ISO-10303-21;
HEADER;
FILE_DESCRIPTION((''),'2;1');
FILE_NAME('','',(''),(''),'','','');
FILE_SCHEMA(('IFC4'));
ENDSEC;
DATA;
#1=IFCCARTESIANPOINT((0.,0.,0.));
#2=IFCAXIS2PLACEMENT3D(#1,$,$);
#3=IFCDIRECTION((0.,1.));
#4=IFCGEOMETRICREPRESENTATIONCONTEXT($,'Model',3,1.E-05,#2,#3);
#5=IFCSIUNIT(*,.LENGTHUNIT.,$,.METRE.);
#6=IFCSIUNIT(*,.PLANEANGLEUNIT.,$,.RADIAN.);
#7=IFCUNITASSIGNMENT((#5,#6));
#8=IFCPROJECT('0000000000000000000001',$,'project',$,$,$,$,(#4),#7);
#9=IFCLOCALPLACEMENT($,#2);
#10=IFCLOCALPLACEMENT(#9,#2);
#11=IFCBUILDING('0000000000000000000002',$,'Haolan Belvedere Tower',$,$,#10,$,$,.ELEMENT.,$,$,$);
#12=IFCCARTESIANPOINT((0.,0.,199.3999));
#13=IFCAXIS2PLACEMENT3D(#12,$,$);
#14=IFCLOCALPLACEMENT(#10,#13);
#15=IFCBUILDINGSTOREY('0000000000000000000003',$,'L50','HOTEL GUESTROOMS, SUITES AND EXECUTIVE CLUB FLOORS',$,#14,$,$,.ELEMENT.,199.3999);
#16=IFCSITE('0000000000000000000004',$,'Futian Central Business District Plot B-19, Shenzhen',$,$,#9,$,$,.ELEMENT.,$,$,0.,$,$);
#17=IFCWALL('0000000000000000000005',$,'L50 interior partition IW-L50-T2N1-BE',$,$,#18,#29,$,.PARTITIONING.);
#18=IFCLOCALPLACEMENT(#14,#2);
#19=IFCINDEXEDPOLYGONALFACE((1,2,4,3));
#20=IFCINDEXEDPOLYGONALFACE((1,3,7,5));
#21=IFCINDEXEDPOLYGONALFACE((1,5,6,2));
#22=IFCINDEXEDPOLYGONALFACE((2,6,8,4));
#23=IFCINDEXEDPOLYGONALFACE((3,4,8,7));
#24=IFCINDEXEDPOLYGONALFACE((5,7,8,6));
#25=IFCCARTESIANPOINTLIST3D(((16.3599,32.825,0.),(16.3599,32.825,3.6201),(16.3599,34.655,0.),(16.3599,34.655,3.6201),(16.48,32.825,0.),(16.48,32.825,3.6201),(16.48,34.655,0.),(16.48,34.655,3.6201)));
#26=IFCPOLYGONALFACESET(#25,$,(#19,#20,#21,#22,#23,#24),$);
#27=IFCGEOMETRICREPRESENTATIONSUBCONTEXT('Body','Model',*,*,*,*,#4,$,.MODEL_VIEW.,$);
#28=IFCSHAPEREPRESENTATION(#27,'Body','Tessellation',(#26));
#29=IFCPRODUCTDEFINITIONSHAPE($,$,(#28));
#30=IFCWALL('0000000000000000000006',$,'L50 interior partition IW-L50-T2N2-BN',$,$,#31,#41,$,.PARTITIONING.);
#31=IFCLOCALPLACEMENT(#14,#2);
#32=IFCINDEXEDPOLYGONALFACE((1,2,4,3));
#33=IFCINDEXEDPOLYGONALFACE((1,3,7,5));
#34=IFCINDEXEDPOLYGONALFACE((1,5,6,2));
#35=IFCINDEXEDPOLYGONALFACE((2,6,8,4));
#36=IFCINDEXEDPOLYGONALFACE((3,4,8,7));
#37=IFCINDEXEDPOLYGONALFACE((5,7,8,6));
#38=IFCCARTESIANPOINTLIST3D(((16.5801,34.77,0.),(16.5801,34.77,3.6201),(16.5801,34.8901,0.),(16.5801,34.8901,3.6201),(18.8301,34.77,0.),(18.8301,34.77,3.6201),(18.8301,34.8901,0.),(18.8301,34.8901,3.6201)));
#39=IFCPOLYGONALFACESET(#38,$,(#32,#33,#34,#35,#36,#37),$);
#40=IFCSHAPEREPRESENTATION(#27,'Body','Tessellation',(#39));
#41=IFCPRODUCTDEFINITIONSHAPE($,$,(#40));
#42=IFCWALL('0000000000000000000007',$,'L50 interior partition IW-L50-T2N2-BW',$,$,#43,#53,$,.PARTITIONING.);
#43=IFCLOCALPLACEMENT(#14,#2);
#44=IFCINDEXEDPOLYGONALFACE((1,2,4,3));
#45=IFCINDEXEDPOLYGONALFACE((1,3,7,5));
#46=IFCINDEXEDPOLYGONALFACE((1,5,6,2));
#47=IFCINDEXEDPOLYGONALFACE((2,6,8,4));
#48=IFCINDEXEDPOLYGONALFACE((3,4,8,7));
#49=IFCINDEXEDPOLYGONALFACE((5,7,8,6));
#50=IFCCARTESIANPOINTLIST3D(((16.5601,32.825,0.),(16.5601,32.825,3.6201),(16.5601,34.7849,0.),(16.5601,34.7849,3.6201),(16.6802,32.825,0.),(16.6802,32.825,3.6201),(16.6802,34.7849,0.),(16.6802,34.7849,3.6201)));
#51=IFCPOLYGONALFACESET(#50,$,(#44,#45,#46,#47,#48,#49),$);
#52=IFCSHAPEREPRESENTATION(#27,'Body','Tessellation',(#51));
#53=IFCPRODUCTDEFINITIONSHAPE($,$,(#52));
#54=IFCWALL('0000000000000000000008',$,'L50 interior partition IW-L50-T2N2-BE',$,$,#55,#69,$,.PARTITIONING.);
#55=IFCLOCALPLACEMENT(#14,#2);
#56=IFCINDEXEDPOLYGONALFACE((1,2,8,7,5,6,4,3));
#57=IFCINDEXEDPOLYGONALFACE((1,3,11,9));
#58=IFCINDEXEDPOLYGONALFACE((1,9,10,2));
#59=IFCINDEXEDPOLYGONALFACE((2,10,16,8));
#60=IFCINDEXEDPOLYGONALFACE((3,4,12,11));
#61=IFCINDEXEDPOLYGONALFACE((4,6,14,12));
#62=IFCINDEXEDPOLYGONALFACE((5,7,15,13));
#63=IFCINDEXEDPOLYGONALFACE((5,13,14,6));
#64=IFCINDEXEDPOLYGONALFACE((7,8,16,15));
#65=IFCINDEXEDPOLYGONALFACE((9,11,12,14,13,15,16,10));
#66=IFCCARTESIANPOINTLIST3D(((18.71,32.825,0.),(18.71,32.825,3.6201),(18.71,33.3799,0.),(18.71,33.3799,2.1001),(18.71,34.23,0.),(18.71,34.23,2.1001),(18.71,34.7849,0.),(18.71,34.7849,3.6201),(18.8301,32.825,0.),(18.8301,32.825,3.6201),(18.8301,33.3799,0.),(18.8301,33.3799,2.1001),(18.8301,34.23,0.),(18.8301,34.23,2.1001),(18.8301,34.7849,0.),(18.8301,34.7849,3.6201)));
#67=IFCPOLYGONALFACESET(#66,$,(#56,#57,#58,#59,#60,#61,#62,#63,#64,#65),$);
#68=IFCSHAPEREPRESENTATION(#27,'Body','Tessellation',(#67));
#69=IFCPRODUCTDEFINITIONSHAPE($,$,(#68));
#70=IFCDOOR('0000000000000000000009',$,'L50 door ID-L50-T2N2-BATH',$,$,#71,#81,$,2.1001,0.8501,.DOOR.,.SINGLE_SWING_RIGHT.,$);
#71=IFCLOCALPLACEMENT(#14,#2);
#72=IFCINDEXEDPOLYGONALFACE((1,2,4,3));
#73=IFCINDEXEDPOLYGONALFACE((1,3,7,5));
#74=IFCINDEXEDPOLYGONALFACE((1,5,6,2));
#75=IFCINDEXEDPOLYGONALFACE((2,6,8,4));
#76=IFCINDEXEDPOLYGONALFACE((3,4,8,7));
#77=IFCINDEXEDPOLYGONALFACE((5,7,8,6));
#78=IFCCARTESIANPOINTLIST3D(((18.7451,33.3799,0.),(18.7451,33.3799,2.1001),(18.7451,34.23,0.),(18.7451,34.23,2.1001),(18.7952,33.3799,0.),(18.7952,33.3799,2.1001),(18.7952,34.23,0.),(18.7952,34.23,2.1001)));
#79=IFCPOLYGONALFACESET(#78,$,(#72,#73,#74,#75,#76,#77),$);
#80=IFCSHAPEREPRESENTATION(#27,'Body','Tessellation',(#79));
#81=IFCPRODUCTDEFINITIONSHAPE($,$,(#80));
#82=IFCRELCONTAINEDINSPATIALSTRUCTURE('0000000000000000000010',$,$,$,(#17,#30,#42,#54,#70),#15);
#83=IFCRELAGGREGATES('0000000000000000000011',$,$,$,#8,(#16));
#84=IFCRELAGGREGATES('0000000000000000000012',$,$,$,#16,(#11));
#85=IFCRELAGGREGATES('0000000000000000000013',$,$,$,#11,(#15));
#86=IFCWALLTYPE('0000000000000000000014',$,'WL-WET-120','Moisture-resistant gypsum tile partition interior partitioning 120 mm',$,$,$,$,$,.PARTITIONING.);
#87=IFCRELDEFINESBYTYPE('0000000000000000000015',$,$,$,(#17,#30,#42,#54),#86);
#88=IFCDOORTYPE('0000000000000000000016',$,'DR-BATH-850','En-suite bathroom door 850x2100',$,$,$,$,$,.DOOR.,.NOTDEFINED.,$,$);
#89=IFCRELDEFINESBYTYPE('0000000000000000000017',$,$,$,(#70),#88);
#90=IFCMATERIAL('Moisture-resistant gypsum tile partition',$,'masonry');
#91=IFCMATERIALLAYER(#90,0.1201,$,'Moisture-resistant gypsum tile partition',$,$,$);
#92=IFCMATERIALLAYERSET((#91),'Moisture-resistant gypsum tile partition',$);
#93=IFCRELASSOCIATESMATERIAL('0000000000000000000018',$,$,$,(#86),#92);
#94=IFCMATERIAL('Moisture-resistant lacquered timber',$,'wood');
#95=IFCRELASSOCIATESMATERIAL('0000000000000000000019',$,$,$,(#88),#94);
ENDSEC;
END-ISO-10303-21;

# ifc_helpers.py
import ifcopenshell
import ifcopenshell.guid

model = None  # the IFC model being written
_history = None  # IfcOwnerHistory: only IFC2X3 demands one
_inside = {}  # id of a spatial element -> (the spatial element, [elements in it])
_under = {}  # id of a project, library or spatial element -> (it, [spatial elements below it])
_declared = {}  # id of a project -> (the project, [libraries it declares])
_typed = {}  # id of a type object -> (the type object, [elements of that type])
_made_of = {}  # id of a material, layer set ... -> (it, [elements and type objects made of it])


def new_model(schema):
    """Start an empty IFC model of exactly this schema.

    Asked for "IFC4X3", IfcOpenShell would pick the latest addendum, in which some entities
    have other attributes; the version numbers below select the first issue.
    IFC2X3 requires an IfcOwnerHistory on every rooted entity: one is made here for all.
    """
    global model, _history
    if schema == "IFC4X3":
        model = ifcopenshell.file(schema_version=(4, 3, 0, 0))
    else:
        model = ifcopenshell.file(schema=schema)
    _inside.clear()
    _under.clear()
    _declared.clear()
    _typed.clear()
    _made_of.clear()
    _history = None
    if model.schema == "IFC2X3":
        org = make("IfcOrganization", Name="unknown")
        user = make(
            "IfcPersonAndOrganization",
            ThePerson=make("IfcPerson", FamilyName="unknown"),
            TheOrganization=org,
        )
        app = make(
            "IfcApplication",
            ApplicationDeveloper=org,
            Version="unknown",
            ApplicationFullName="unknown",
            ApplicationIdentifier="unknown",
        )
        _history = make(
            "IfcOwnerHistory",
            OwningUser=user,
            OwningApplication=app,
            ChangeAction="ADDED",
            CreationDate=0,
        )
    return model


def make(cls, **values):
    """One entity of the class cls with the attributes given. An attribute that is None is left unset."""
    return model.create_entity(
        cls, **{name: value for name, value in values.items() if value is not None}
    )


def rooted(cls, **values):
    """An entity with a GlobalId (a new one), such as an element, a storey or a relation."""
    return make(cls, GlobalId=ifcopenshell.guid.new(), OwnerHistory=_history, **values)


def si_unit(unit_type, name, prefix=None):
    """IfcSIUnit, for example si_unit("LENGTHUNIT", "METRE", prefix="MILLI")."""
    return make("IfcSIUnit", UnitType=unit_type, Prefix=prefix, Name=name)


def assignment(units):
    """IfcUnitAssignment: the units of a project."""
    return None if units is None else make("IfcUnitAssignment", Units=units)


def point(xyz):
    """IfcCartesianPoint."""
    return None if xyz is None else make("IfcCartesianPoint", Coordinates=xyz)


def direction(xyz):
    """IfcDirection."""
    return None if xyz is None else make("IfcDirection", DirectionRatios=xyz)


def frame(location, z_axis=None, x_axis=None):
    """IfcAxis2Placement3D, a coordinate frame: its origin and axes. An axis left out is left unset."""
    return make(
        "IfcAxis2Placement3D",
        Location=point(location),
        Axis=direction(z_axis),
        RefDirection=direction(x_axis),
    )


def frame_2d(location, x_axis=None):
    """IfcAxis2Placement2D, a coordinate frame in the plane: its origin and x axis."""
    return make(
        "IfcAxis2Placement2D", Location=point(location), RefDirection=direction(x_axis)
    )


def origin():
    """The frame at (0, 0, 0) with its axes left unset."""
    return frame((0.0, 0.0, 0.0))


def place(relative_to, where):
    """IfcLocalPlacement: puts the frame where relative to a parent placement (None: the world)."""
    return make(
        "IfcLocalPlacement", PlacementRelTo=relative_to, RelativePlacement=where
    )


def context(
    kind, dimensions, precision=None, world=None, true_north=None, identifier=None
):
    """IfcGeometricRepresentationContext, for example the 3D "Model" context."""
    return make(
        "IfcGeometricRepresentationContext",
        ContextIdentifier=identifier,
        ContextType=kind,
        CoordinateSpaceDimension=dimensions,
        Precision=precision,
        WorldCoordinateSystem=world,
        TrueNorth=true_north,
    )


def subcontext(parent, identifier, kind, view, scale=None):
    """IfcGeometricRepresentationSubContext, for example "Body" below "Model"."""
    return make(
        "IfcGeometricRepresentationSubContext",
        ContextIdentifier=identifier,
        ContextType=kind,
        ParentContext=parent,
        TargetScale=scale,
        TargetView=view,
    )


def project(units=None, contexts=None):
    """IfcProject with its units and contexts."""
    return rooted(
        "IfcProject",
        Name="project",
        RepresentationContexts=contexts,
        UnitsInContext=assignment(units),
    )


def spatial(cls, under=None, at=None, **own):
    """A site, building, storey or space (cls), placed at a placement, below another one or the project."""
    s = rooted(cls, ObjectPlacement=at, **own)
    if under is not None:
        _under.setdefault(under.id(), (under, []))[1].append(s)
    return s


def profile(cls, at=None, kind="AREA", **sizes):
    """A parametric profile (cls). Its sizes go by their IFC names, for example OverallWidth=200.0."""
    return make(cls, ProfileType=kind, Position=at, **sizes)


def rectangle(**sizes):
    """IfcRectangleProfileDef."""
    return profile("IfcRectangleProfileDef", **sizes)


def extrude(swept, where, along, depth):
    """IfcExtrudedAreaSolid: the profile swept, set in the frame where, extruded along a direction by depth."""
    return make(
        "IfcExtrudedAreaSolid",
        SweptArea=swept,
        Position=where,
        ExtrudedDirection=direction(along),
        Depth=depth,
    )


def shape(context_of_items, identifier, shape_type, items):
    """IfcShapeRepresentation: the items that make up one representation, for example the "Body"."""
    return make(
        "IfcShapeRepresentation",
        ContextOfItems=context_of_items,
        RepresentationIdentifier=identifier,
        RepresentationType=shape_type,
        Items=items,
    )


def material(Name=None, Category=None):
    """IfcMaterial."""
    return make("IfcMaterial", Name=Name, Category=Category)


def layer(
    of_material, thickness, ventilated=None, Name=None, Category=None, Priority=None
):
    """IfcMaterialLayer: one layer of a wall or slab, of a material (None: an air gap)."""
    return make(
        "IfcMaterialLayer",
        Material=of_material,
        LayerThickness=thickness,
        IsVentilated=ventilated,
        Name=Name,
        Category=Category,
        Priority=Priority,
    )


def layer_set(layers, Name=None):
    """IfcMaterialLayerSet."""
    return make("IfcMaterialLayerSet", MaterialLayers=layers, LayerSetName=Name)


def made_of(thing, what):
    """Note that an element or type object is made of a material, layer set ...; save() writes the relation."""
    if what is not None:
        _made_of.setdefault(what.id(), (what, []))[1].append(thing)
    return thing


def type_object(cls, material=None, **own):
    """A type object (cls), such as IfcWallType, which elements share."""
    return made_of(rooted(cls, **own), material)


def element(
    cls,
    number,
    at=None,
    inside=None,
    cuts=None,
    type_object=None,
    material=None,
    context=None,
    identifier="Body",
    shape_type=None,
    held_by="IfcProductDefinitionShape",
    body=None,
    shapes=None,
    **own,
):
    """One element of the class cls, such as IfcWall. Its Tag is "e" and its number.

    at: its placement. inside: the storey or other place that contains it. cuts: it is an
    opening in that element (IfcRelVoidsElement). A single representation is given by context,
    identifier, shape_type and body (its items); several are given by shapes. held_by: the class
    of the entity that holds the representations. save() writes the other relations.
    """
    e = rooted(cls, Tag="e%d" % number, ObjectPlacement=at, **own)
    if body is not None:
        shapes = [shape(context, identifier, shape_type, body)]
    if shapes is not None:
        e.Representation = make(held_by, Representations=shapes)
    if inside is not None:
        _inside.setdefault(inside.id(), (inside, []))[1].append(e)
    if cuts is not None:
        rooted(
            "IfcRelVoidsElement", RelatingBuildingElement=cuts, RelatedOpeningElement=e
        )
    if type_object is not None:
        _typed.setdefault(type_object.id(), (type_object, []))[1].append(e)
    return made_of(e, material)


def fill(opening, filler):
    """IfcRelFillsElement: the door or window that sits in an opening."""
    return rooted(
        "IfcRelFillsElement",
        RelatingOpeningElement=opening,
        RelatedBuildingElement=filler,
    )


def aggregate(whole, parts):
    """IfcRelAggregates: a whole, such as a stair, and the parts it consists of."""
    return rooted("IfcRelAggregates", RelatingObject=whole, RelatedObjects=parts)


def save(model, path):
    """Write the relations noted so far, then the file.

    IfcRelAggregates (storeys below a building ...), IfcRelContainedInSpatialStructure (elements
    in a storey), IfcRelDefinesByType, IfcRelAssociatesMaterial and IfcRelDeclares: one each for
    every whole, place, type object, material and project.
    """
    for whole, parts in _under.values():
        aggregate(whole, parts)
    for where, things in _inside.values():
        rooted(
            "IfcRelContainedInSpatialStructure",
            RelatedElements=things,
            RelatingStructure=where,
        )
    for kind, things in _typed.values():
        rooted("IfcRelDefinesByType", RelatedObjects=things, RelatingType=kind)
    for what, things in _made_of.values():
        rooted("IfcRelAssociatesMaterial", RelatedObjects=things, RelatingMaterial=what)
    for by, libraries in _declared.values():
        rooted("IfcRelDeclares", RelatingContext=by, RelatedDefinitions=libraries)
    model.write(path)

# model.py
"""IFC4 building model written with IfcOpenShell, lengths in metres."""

from ifc_helpers import new_model, si_unit, direction, frame, frame_2d, origin, place, context, subcontext, project, spatial, rectangle, extrude, material, layer, layer_set, type_object, element, fill, save


model = new_model("IFC4")

# Units and contexts
model_context = context("Model", 3, precision=1e-05, world=origin(), true_north=direction((0.0, 1.0)))
body_context = subcontext(model_context, "Body", "Model", "MODEL_VIEW")
ifc_project = project(units=[si_unit("LENGTHUNIT", "METRE"), si_unit("PLANEANGLEUNIT", "RADIAN")], contexts=[model_context])

# Site, building, storey
site_placement = place(None, origin())
site = spatial("IfcSite", under=ifc_project, at=site_placement, Name="Futian Central Business District Plot B-19, Shenzhen", CompositionType="ELEMENT", RefElevation=0.0)
building_placement = place(site_placement, origin())
building = spatial("IfcBuilding", under=site, at=building_placement, Name="Haolan Belvedere Tower", CompositionType="ELEMENT")
storey_placement = place(building_placement, frame((0.0, 0.0, 199.3999)))
storey = spatial("IfcBuildingStorey", under=building, at=storey_placement, Name="L50", Description="HOTEL GUESTROOMS, SUITES AND EXECUTIVE CLUB FLOORS", CompositionType="ELEMENT", Elevation=199.3999)

# Shared definitions
ifc_material_1 = material(Name="Moisture-resistant gypsum tile partition", Category="masonry")
ifc_layer_1 = layer(ifc_material_1, 0.1201, Name="Moisture-resistant gypsum tile partition")
ifc_layer_set_1 = layer_set([ifc_layer_1], Name="Moisture-resistant gypsum tile partition")
wall_type_1 = type_object("IfcWallType", Name="WL-WET-120", Description="Moisture-resistant gypsum tile partition interior partitioning 120 mm", PredefinedType="PARTITIONING", material=ifc_layer_set_1)

# Shared definitions
ifc_material_2 = material(Name="Moisture-resistant lacquered timber", Category="wood")
door_type = type_object("IfcDoorType", Name="DR-BATH-850", Description="En-suite bathroom door 850x2100", OperationType="NOTDEFINED", PredefinedType="DOOR", material=ifc_material_2)

# Walls
wall_1_placement = place(storey_placement, frame((16.4199, 32.825, 0.0), z_axis=(0.0, 0.0, 1.0), x_axis=(0.0, 1.0, 0.0)))
element("IfcWall", 1, at=wall_1_placement, inside=storey, type_object=wall_type_1, Name="L50 interior partition IW-L50-T2N1-BE", PredefinedType="PARTITIONING", context=body_context, shape_type="SweptSolid", body=[
    extrude(rectangle(XDim=1.8301, YDim=0.1201, at=frame_2d((0.915, 0.0))), origin(), (0.0, 0.0, 1.0), 3.6201),
])
wall_2_placement = place(storey_placement, frame((16.5801, 34.8301, 0.0), z_axis=(0.0, 0.0, 1.0), x_axis=(1.0, 0.0, 0.0)))
element("IfcWall", 2, at=wall_2_placement, inside=storey, type_object=wall_type_1, Name="L50 interior partition IW-L50-T2N2-BN", PredefinedType="PARTITIONING", context=body_context, shape_type="SweptSolid", body=[
    extrude(rectangle(XDim=2.25, YDim=0.1201, at=frame_2d((1.125, 0.0))), origin(), (0.0, 0.0, 1.0), 3.6201),
])
wall_3_placement = place(storey_placement, frame((16.6201, 32.825, 0.0), z_axis=(0.0, 0.0, 1.0), x_axis=(0.0, 1.0, 0.0)))
element("IfcWall", 3, at=wall_3_placement, inside=storey, type_object=wall_type_1, Name="L50 interior partition IW-L50-T2N2-BW", PredefinedType="PARTITIONING", context=body_context, shape_type="SweptSolid", body=[
    extrude(rectangle(XDim=1.96, YDim=0.1201, at=frame_2d((0.98, 0.0))), origin(), (0.0, 0.0, 1.0), 3.6201),
])

# Wall, opening, door
wall_4_placement = place(storey_placement, frame((18.77, 32.825, 0.0), z_axis=(0.0, 0.0, 1.0), x_axis=(0.0, 1.0, 0.0)))
wall_4 = element("IfcWall", 4, at=wall_4_placement, inside=storey, type_object=wall_type_1, Name="L50 interior partition IW-L50-T2N2-BE", PredefinedType="PARTITIONING", context=body_context, shape_type="SweptSolid", body=[
    extrude(rectangle(XDim=1.96, YDim=0.1201, at=frame_2d((0.98, 0.0))), origin(), (0.0, 0.0, 1.0), 3.6201),
])
opening_1_placement = place(wall_4_placement, frame((0.5549, 0.0, 0.0)))
opening_1 = element("IfcOpeningElement", 5, at=opening_1_placement, cuts=wall_4, PredefinedType="OPENING", context=body_context, shape_type="SweptSolid", body=[
    extrude(rectangle(XDim=0.8501, YDim=2.1001, at=frame_2d((0.425, 1.05))), frame((0.0, 0.0701, 0.0), z_axis=(0.0, -1.0, 0.0), x_axis=(1.0, 0.0, 0.0)), (0.0, 0.0, 1.0), 0.1401),
])
door_1_placement = place(opening_1_placement, origin())
door_1 = element("IfcDoor", 6, at=door_1_placement, inside=storey, type_object=door_type, Name="L50 door ID-L50-T2N2-BATH", OperationType="SINGLE_SWING_RIGHT", OverallHeight=2.1001, OverallWidth=0.8501, PredefinedType="DOOR", context=body_context, shape_type="SweptSolid", body=[
    extrude(rectangle(XDim=0.8501, YDim=2.1001, at=frame_2d((0.425, 1.05))), frame((0.0, 0.0249, 0.0), z_axis=(0.0, -1.0, 0.0), x_axis=(1.0, 0.0, 0.0)), (0.0, 0.0, 1.0), 0.05),
])
fill(opening_1, door_1)

save(model, "model.ifc")
